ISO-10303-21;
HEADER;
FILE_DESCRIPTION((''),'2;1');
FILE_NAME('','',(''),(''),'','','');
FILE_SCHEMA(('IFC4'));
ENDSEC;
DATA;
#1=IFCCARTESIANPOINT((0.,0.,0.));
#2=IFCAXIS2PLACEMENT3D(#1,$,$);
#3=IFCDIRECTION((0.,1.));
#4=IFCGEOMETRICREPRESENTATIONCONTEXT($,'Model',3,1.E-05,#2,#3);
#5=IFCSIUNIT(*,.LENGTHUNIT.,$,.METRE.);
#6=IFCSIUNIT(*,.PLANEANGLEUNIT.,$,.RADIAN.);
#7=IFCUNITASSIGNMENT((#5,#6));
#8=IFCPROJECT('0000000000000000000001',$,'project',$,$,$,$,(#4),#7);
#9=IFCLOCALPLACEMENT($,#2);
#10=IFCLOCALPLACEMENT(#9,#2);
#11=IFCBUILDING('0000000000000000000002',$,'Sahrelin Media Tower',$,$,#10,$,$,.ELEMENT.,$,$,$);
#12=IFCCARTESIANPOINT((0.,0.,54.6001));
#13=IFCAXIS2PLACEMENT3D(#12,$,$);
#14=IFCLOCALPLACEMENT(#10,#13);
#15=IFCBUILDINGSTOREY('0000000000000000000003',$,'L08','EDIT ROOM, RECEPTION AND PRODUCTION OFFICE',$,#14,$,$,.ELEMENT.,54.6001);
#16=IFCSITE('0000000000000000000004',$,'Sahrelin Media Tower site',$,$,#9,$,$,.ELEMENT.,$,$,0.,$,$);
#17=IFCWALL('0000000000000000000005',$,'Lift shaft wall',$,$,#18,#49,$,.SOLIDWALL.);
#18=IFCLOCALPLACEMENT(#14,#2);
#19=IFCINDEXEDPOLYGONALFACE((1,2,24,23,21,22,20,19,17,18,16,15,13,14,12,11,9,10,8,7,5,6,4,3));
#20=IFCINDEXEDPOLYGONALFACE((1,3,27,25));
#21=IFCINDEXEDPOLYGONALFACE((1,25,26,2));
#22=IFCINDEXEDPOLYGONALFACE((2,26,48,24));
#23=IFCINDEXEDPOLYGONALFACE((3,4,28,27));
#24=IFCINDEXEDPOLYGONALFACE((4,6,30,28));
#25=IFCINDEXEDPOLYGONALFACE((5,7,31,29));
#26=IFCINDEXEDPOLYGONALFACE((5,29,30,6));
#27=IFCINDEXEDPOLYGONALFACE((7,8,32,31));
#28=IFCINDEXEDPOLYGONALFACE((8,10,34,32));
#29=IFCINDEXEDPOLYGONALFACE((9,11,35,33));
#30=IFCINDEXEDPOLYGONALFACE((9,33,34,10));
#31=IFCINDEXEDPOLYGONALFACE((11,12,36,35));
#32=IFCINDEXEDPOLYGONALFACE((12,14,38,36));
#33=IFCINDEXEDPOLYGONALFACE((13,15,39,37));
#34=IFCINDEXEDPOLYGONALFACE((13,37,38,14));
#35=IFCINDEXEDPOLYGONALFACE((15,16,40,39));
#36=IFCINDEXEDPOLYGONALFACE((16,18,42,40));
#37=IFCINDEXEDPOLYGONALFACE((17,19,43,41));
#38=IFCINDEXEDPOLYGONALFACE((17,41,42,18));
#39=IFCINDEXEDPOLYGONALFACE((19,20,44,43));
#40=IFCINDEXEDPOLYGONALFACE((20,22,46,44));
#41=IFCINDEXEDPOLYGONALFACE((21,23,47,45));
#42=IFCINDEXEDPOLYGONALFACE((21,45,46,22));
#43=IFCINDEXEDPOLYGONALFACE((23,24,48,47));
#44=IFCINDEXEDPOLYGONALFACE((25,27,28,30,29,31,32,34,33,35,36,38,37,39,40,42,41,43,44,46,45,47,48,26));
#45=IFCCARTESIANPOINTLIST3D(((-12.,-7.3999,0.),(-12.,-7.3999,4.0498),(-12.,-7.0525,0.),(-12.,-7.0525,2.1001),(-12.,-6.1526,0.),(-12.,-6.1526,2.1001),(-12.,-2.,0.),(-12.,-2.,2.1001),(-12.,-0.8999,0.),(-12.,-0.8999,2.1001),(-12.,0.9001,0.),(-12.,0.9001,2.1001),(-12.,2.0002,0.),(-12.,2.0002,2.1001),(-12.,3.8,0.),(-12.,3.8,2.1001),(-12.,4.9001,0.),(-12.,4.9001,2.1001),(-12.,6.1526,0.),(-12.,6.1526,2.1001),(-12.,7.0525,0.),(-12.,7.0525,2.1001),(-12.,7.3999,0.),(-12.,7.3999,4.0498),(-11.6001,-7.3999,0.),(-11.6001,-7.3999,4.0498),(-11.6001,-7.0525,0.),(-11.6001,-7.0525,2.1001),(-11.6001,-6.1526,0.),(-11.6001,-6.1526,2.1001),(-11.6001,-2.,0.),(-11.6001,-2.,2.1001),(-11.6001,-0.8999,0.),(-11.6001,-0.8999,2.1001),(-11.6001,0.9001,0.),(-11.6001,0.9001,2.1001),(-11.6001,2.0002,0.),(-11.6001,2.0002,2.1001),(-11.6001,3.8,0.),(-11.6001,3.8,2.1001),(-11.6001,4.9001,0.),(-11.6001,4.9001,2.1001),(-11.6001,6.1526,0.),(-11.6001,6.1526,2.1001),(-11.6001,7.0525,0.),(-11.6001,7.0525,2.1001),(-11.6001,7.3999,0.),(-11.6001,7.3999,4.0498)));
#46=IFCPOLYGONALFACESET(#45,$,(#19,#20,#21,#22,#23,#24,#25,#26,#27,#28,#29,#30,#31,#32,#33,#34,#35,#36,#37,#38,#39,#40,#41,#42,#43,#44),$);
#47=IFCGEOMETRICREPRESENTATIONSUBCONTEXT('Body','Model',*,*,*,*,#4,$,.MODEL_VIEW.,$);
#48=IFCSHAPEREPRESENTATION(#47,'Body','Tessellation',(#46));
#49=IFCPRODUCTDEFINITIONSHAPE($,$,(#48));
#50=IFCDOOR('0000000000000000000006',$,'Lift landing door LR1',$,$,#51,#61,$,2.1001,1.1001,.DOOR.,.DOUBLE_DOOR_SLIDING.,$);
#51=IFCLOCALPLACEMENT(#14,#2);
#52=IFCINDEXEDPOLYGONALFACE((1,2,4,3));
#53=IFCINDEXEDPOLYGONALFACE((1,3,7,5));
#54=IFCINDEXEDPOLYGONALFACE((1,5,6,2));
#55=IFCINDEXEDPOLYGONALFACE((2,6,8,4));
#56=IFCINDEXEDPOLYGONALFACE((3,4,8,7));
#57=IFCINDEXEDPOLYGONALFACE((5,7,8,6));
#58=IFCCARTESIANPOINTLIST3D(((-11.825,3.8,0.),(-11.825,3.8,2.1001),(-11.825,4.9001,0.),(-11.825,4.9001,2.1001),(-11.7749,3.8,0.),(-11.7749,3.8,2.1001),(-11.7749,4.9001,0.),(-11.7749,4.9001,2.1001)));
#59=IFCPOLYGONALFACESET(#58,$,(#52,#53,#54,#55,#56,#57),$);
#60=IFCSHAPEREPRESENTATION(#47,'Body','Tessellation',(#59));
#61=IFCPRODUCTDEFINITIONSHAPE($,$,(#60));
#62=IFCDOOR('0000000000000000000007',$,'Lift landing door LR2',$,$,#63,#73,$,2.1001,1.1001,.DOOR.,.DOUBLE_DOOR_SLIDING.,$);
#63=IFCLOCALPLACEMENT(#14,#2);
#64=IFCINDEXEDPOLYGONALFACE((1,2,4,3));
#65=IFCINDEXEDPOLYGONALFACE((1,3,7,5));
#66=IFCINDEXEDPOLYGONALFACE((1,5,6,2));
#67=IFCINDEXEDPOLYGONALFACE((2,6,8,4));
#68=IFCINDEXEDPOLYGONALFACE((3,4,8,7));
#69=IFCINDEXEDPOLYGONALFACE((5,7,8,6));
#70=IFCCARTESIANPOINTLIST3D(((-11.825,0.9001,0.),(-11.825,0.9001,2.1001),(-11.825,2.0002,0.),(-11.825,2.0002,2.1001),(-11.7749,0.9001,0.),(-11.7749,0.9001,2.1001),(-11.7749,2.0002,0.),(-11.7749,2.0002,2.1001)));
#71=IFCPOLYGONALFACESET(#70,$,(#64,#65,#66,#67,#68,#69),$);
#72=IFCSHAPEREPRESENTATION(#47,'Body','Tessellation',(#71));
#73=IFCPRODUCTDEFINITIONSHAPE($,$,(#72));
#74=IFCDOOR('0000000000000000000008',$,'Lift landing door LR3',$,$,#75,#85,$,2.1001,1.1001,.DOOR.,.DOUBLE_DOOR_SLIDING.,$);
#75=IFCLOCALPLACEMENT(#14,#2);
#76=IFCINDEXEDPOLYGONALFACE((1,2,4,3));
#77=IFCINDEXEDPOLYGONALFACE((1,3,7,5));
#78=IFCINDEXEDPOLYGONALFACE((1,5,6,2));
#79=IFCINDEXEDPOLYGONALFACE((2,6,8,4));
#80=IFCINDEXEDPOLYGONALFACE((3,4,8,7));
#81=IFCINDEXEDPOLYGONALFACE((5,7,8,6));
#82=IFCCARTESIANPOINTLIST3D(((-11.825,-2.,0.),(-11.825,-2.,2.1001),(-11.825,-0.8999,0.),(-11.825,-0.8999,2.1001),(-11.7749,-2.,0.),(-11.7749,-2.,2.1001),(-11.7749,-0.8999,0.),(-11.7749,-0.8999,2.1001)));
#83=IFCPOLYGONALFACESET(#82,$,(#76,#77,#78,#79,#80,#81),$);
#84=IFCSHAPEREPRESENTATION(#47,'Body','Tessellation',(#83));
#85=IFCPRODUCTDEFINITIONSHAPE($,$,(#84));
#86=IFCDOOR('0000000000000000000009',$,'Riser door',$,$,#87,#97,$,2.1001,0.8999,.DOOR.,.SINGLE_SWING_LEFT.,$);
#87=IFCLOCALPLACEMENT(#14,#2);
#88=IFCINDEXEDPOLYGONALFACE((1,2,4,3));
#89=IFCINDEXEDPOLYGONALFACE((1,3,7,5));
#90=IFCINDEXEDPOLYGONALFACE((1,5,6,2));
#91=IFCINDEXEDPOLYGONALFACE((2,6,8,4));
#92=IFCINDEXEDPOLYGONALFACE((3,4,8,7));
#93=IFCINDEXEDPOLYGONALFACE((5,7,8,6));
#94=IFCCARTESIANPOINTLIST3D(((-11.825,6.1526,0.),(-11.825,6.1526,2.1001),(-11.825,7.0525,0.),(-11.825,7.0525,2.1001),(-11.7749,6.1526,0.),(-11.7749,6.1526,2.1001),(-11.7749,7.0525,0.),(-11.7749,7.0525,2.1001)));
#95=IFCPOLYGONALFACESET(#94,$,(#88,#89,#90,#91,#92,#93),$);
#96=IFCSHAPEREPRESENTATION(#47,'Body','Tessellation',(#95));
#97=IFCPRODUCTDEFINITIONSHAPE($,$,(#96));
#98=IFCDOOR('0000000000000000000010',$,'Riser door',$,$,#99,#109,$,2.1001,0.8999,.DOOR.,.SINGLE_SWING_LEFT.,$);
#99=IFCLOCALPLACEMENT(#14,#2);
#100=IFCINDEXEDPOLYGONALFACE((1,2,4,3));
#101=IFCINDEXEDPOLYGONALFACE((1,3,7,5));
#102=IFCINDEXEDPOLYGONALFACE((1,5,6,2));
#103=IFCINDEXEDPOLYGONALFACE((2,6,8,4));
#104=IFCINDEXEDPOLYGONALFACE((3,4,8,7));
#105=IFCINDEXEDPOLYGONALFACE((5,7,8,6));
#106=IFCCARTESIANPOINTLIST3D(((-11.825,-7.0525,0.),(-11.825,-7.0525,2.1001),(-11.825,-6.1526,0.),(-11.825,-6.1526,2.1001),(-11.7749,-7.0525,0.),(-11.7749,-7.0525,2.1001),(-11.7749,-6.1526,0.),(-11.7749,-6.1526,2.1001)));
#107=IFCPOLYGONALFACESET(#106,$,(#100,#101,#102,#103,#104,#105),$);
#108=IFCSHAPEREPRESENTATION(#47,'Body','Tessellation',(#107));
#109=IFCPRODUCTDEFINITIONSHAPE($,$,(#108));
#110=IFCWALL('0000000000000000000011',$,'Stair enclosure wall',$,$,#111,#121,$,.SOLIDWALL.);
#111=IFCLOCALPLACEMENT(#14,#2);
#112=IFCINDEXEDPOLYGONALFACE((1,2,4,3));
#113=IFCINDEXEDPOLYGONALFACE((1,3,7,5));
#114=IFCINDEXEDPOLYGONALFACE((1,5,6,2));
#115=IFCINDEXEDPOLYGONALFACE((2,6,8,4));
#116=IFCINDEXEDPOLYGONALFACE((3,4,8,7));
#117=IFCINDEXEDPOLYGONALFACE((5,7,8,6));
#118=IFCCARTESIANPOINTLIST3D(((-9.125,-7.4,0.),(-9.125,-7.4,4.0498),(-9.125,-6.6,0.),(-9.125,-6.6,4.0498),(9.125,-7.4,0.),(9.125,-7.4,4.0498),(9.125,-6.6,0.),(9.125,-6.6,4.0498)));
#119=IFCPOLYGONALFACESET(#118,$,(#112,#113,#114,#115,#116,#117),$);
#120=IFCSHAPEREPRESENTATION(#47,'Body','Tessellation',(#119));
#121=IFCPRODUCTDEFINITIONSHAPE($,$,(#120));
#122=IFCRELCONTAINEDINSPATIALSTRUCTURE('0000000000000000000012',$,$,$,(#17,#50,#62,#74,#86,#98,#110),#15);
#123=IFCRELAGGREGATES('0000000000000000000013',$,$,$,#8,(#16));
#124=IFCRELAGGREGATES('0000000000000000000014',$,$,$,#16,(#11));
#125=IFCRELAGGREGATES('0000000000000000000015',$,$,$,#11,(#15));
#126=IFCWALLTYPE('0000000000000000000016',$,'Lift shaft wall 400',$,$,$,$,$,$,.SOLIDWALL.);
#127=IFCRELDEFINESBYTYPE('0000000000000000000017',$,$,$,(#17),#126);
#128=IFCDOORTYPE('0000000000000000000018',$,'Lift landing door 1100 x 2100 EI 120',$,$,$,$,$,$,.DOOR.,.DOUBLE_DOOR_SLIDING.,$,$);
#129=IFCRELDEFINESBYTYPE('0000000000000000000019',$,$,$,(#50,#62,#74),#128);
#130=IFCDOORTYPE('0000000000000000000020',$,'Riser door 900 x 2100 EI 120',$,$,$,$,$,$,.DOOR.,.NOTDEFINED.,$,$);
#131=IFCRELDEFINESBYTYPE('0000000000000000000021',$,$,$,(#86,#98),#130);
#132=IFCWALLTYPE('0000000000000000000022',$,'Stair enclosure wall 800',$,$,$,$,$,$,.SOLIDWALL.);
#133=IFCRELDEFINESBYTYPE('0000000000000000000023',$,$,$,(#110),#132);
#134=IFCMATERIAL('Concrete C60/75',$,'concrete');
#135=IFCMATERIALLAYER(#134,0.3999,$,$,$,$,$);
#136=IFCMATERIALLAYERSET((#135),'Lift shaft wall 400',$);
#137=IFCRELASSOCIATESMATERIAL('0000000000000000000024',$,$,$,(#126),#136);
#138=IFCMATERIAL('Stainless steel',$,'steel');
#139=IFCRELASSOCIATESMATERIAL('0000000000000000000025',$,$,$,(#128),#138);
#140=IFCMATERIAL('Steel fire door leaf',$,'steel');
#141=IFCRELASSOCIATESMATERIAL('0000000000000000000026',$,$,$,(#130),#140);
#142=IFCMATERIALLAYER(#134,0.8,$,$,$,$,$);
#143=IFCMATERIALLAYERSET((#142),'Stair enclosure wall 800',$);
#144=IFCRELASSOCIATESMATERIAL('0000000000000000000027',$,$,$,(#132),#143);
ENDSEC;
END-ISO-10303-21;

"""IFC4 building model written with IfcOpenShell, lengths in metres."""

from ifc_helpers import new_model, si_unit, direction, frame, frame_2d, origin, place, context, subcontext, project, spatial, rectangle, extrude, material, layer, layer_set, type_object, element, fill, save


model = new_model("IFC4")

# Units and contexts
model_context = context("Model", 3, precision=1e-05, world=origin(), true_north=direction((0.0, 1.0)))
body_context = subcontext(model_context, "Body", "Model", "MODEL_VIEW")
ifc_project = project(units=[si_unit("LENGTHUNIT", "METRE"), si_unit("PLANEANGLEUNIT", "RADIAN")], contexts=[model_context])

# Site, building, storey
site_placement = place(None, origin())
site = spatial("IfcSite", under=ifc_project, at=site_placement, Name="Sahrelin Media Tower site", CompositionType="ELEMENT", RefElevation=0.0)
building_placement = place(site_placement, origin())
building = spatial("IfcBuilding", under=site, at=building_placement, Name="Sahrelin Media Tower", CompositionType="ELEMENT")
storey_placement = place(building_placement, frame((0.0, 0.0, 54.6001)))
storey = spatial("IfcBuildingStorey", under=building, at=storey_placement, Name="L08", Description="EDIT ROOM, RECEPTION AND PRODUCTION OFFICE", CompositionType="ELEMENT", Elevation=54.6001)

# Shared definitions
ifc_material_1 = material(Name="Concrete C60/75", Category="concrete")
ifc_material_2 = material(Name="Steel fire door leaf", Category="steel")

# Wall, openings, doors
ifc_material_3 = material(Name="Stainless steel", Category="steel")
ifc_layer_1 = layer(ifc_material_1, 0.3999)
ifc_layer_set_1 = layer_set([ifc_layer_1], Name="Lift shaft wall 400")
wall_type_1 = type_object("IfcWallType", Name="Lift shaft wall 400", PredefinedType="SOLIDWALL", material=ifc_layer_set_1)
wall_1_placement = place(storey_placement, frame((-11.8, -7.3999, 0.0), z_axis=(0.0, 0.0, 1.0), x_axis=(0.0, 1.0, 0.0)))
wall_1 = element("IfcWall", 1, at=wall_1_placement, inside=storey, type_object=wall_type_1, Name="Lift shaft wall", PredefinedType="SOLIDWALL", context=body_context, shape_type="SweptSolid", body=[
    extrude(rectangle(XDim=14.7998, YDim=0.3999, at=frame_2d((7.3999, 0.0))), origin(), (0.0, 0.0, 1.0), 4.0498),
])
opening_1_placement = place(wall_1_placement, frame((11.2, 0.0, 0.0)))
opening_1 = element("IfcOpeningElement", 2, at=opening_1_placement, cuts=wall_1, PredefinedType="OPENING", context=body_context, shape_type="SweptSolid", body=[
    extrude(rectangle(XDim=1.1001, YDim=2.1001, at=frame_2d((0.55, 1.05))), frame((0.0, 0.2, 0.0), z_axis=(0.0, -1.0, 0.0), x_axis=(1.0, 0.0, 0.0)), (0.0, 0.0, 1.0), 0.3999),
])
opening_2_placement = place(wall_1_placement, frame((8.3, 0.0, 0.0)))
opening_2 = element("IfcOpeningElement", 3, at=opening_2_placement, cuts=wall_1, PredefinedType="OPENING", context=body_context, shape_type="SweptSolid", body=[
    extrude(rectangle(XDim=1.1001, YDim=2.1001, at=frame_2d((0.55, 1.05))), frame((0.0, 0.2, 0.0), z_axis=(0.0, -1.0, 0.0), x_axis=(1.0, 0.0, 0.0)), (0.0, 0.0, 1.0), 0.3999),
])
opening_3_placement = place(wall_1_placement, frame((5.3999, 0.0, 0.0)))
opening_3 = element("IfcOpeningElement", 4, at=opening_3_placement, cuts=wall_1, PredefinedType="OPENING", context=body_context, shape_type="SweptSolid", body=[
    extrude(rectangle(XDim=1.1001, YDim=2.1001, at=frame_2d((0.55, 1.05))), frame((0.0, 0.2, 0.0), z_axis=(0.0, -1.0, 0.0), x_axis=(1.0, 0.0, 0.0)), (0.0, 0.0, 1.0), 0.3999),
])
opening_4_placement = place(wall_1_placement, frame((13.5525, 0.0, 0.0)))
opening_4 = element("IfcOpeningElement", 5, at=opening_4_placement, cuts=wall_1, PredefinedType="OPENING", context=body_context, shape_type="SweptSolid", body=[
    extrude(rectangle(XDim=0.8999, YDim=2.1001, at=frame_2d((0.45, 1.05))), frame((0.0, 0.2, 0.0), z_axis=(0.0, -1.0, 0.0), x_axis=(1.0, 0.0, 0.0)), (0.0, 0.0, 1.0), 0.3999),
])
opening_5_placement = place(wall_1_placement, frame((0.3474, 0.0, 0.0)))
opening_5 = element("IfcOpeningElement", 6, at=opening_5_placement, cuts=wall_1, PredefinedType="OPENING", context=body_context, shape_type="SweptSolid", body=[
    extrude(rectangle(XDim=0.8999, YDim=2.1001, at=frame_2d((0.45, 1.05))), frame((0.0, 0.2, 0.0), z_axis=(0.0, -1.0, 0.0), x_axis=(1.0, 0.0, 0.0)), (0.0, 0.0, 1.0), 0.3999),
])
door_type_1 = type_object("IfcDoorType", Name="Lift landing door 1100 x 2100 EI 120", OperationType="DOUBLE_DOOR_SLIDING", PredefinedType="DOOR", material=ifc_material_3)
door_1_placement = place(opening_1_placement, origin())
door_1 = element("IfcDoor", 7, at=door_1_placement, inside=storey, type_object=door_type_1, Name="Lift landing door LR1", OperationType="DOUBLE_DOOR_SLIDING", OverallHeight=2.1001, OverallWidth=1.1001, PredefinedType="DOOR", context=body_context, shape_type="SweptSolid", body=[
    extrude(rectangle(XDim=1.1001, YDim=2.1001, at=frame_2d((0.55, 1.05))), frame((0.0, 0.0249, 0.0), z_axis=(0.0, -1.0, 0.0), x_axis=(1.0, 0.0, 0.0)), (0.0, 0.0, 1.0), 0.05),
])
fill(opening_1, door_1)
door_2_placement = place(opening_2_placement, origin())
door_2 = element("IfcDoor", 8, at=door_2_placement, inside=storey, type_object=door_type_1, Name="Lift landing door LR2", OperationType="DOUBLE_DOOR_SLIDING", OverallHeight=2.1001, OverallWidth=1.1001, PredefinedType="DOOR", context=body_context, shape_type="SweptSolid", body=[
    extrude(rectangle(XDim=1.1001, YDim=2.1001, at=frame_2d((0.55, 1.05))), frame((0.0, 0.0249, 0.0), z_axis=(0.0, -1.0, 0.0), x_axis=(1.0, 0.0, 0.0)), (0.0, 0.0, 1.0), 0.05),
])
fill(opening_2, door_2)
door_3_placement = place(opening_3_placement, origin())
door_3 = element("IfcDoor", 9, at=door_3_placement, inside=storey, type_object=door_type_1, Name="Lift landing door LR3", OperationType="DOUBLE_DOOR_SLIDING", OverallHeight=2.1001, OverallWidth=1.1001, PredefinedType="DOOR", context=body_context, shape_type="SweptSolid", body=[
    extrude(rectangle(XDim=1.1001, YDim=2.1001, at=frame_2d((0.55, 1.05))), frame((0.0, 0.0249, 0.0), z_axis=(0.0, -1.0, 0.0), x_axis=(1.0, 0.0, 0.0)), (0.0, 0.0, 1.0), 0.05),
])
fill(opening_3, door_3)
door_type_2 = type_object("IfcDoorType", Name="Riser door 900 x 2100 EI 120", OperationType="NOTDEFINED", PredefinedType="DOOR", material=ifc_material_2)
door_4_placement = place(opening_4_placement, origin())
door_4 = element("IfcDoor", 10, at=door_4_placement, inside=storey, type_object=door_type_2, Name="Riser door", OperationType="SINGLE_SWING_LEFT", OverallHeight=2.1001, OverallWidth=0.8999, PredefinedType="DOOR", context=body_context, shape_type="SweptSolid", body=[
    extrude(rectangle(XDim=0.8999, YDim=2.1001, at=frame_2d((0.45, 1.05))), frame((0.0, 0.0249, 0.0), z_axis=(0.0, -1.0, 0.0), x_axis=(1.0, 0.0, 0.0)), (0.0, 0.0, 1.0), 0.05),
])
fill(opening_4, door_4)
door_5_placement = place(opening_5_placement, origin())
door_5 = element("IfcDoor", 11, at=door_5_placement, inside=storey, type_object=door_type_2, Name="Riser door", OperationType="SINGLE_SWING_LEFT", OverallHeight=2.1001, OverallWidth=0.8999, PredefinedType="DOOR", context=body_context, shape_type="SweptSolid", body=[
    extrude(rectangle(XDim=0.8999, YDim=2.1001, at=frame_2d((0.45, 1.05))), frame((0.0, 0.0249, 0.0), z_axis=(0.0, -1.0, 0.0), x_axis=(1.0, 0.0, 0.0)), (0.0, 0.0, 1.0), 0.05),
])
fill(opening_5, door_5)

# Wall
ifc_layer_2 = layer(ifc_material_1, 0.8)
ifc_layer_set_2 = layer_set([ifc_layer_2], Name="Stair enclosure wall 800")
wall_type_2 = type_object("IfcWallType", Name="Stair enclosure wall 800", PredefinedType="SOLIDWALL", material=ifc_layer_set_2)
wall_2_placement = place(storey_placement, frame((-9.125, -7.0, 0.0), z_axis=(0.0, 0.0, 1.0), x_axis=(1.0, 0.0, 0.0)))
element("IfcWall", 12, at=wall_2_placement, inside=storey, type_object=wall_type_2, Name="Stair enclosure wall", PredefinedType="SOLIDWALL", context=body_context, shape_type="SweptSolid", body=[
    extrude(rectangle(XDim=18.25, YDim=0.8, at=frame_2d((9.125, 0.0))), origin(), (0.0, 0.0, 1.0), 4.0498),
])

save(model, "model.ifc")
